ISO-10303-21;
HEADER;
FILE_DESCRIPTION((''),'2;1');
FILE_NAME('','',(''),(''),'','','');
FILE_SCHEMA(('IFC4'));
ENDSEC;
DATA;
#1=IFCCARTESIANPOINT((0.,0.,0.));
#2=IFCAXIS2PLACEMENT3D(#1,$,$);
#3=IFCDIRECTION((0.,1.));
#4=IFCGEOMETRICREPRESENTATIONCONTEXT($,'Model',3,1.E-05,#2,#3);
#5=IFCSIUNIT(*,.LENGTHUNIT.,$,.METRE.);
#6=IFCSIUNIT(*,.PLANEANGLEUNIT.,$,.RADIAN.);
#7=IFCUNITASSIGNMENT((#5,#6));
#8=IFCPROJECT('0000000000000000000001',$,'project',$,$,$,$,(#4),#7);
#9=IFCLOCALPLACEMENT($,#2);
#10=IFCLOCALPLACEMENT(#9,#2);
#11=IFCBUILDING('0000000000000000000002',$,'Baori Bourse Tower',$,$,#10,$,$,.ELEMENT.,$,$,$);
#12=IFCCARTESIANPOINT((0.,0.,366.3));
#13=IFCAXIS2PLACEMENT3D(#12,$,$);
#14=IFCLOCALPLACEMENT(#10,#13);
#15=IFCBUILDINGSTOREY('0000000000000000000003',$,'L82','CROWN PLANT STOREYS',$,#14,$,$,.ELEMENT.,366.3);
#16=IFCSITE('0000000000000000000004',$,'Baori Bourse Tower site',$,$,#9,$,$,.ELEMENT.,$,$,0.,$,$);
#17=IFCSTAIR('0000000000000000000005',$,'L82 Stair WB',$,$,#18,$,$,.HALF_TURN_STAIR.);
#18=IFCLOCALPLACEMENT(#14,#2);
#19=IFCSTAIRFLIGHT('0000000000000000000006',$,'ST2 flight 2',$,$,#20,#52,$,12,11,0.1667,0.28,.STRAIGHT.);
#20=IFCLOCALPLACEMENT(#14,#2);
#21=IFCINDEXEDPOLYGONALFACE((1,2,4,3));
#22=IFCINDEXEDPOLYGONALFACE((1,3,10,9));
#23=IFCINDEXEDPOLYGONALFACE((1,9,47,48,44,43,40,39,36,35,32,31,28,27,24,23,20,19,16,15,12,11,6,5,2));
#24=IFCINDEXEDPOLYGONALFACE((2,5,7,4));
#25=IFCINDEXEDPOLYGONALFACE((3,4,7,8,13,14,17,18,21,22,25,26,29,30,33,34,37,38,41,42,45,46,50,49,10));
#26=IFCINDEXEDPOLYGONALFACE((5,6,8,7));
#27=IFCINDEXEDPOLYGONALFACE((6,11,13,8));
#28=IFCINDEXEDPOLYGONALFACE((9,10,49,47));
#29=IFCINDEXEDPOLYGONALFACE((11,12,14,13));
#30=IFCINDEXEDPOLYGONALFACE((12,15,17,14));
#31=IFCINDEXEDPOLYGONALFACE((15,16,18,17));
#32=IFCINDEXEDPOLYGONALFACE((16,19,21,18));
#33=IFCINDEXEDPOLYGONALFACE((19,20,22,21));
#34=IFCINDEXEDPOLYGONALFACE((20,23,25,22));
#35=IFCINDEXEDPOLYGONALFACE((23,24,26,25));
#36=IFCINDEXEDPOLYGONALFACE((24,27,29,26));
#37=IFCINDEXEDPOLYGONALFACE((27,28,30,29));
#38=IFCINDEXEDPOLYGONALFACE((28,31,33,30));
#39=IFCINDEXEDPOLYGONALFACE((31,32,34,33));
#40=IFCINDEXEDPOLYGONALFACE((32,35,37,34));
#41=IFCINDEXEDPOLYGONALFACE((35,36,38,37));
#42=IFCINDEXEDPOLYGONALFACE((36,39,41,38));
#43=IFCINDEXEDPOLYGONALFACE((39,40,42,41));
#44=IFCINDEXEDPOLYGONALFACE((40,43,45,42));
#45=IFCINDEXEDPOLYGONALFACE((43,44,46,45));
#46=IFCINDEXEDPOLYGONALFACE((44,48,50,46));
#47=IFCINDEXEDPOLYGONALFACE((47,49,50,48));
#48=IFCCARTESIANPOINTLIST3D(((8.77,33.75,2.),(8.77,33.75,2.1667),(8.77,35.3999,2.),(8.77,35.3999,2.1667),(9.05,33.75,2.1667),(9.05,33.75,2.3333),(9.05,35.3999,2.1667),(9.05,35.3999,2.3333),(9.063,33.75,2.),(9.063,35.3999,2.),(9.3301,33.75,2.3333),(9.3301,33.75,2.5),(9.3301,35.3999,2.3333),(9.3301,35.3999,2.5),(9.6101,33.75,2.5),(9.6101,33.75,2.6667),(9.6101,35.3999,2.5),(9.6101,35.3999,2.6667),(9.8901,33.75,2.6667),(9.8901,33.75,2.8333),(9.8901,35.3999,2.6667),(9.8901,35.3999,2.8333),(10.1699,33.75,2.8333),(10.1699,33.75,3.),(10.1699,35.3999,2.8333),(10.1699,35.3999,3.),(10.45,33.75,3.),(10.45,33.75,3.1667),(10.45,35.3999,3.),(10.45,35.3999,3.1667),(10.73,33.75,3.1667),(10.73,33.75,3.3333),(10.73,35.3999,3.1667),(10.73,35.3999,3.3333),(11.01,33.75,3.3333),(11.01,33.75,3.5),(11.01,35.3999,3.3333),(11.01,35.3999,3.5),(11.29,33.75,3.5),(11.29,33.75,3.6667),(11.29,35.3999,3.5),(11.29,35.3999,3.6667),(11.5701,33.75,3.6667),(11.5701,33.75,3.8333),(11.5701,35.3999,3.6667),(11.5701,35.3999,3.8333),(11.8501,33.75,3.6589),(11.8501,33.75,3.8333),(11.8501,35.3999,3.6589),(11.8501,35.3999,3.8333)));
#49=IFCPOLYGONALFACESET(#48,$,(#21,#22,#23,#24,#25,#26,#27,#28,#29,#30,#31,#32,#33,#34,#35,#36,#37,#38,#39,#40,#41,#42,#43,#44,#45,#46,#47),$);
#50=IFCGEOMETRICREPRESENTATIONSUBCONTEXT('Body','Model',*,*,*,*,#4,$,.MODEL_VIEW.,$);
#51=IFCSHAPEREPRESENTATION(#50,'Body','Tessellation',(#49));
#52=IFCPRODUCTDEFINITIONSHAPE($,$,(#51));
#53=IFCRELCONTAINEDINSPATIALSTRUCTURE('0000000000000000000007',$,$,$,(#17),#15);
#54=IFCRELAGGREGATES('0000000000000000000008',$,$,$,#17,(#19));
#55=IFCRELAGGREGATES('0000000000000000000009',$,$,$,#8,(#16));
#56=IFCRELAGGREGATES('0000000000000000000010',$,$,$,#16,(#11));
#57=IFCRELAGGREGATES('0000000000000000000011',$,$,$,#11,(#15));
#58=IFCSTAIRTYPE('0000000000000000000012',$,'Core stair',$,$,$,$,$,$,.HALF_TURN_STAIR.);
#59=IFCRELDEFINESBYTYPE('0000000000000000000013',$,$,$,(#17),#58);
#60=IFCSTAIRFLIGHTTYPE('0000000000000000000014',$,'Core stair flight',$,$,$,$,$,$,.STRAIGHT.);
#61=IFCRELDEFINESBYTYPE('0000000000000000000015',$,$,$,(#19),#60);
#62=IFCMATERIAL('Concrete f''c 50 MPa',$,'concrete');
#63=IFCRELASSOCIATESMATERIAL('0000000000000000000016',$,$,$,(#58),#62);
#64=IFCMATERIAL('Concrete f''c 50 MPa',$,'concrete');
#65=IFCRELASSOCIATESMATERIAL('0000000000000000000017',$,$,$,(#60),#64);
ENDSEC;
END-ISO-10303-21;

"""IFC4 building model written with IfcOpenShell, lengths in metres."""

from ifc_helpers import new_model, si_unit, direction, frame, origin, place, context, subcontext, project, spatial, polyline, outline, extrude, material, type_object, element, aggregate, save


model = new_model("IFC4")

# Units and contexts
model_context = context("Model", 3, precision=1e-05, world=origin(), true_north=direction((0.0, 1.0)))
body_context = subcontext(model_context, "Body", "Model", "MODEL_VIEW")
ifc_project = project(units=[si_unit("LENGTHUNIT", "METRE"), si_unit("PLANEANGLEUNIT", "RADIAN")], contexts=[model_context])

# Site, building, storey
site_placement = place(None, origin())
site = spatial("IfcSite", under=ifc_project, at=site_placement, Name="Baori Bourse Tower site", CompositionType="ELEMENT", RefElevation=0.0)
building_placement = place(site_placement, origin())
building = spatial("IfcBuilding", under=site, at=building_placement, Name="Baori Bourse Tower", CompositionType="ELEMENT")
storey_placement = place(building_placement, frame((0.0, 0.0, 366.3)))
storey = spatial("IfcBuildingStorey", under=building, at=storey_placement, Name="L82", Description="CROWN PLANT STOREYS", CompositionType="ELEMENT", Elevation=366.3)

# Stair, stair flight
ifc_material_1 = material(Name="Concrete f'c 50 MPa", Category="concrete")
stair_type = type_object("IfcStairType", Name="Core stair", PredefinedType="HALF_TURN_STAIR", material=ifc_material_1)
stair_placement = place(storey_placement, origin())
stair = element("IfcStair", 1, at=stair_placement, inside=storey, type_object=stair_type, Name="L82 Stair WB", PredefinedType="HALF_TURN_STAIR")
ifc_material_2 = material(Name="Concrete f'c 50 MPa", Category="concrete")
stair_flight_type = type_object("IfcStairFlightType", Name="Core stair flight", PredefinedType="STRAIGHT", material=ifc_material_2)
stair_flight_1_placement = place(storey_placement, frame((8.77, 34.575, 2.0), z_axis=(0.0, 0.0, 1.0), x_axis=(1.0, 0.0, 0.0)))
stair_flight_1 = element("IfcStairFlight", 2, at=stair_flight_1_placement, type_object=stair_flight_type, Name="ST2 flight 2", NumberOfRisers=12, NumberOfTreads=11, PredefinedType="STRAIGHT", RiserHeight=0.1667, TreadLength=0.28, context=body_context, shape_type="SweptSolid", body=[
    extrude(outline(polyline([(0.0, 0.0), (0.0, 0.1667), (0.28, 0.1667), (0.28, 0.3333), (0.5601, 0.3333), (0.5601, 0.5), (0.8401, 0.5), (0.8401, 0.6667), (1.1201, 0.6667), (1.1201, 0.8333), (1.3999, 0.8333), (1.3999, 1.0), (1.6799, 1.0), (1.6799, 1.1667), (1.96, 1.1667), (1.96, 1.3333), (2.24, 1.3333), (2.24, 1.5), (2.52, 1.5), (2.52, 1.6667), (2.8, 1.6667), (2.8, 1.8333), (3.0801, 1.8333), (3.0801, 2.0), (3.0801, 1.6589), (0.293, 0.0), (0.0, 0.0)])), frame((0.0, 0.825, 0.0), z_axis=(0.0, -1.0, 0.0), x_axis=(1.0, 0.0, 0.0)), (0.0, 0.0, 1.0), 1.6499),
])
aggregate(stair, [stair_flight_1])

save(model, "model.ifc")
